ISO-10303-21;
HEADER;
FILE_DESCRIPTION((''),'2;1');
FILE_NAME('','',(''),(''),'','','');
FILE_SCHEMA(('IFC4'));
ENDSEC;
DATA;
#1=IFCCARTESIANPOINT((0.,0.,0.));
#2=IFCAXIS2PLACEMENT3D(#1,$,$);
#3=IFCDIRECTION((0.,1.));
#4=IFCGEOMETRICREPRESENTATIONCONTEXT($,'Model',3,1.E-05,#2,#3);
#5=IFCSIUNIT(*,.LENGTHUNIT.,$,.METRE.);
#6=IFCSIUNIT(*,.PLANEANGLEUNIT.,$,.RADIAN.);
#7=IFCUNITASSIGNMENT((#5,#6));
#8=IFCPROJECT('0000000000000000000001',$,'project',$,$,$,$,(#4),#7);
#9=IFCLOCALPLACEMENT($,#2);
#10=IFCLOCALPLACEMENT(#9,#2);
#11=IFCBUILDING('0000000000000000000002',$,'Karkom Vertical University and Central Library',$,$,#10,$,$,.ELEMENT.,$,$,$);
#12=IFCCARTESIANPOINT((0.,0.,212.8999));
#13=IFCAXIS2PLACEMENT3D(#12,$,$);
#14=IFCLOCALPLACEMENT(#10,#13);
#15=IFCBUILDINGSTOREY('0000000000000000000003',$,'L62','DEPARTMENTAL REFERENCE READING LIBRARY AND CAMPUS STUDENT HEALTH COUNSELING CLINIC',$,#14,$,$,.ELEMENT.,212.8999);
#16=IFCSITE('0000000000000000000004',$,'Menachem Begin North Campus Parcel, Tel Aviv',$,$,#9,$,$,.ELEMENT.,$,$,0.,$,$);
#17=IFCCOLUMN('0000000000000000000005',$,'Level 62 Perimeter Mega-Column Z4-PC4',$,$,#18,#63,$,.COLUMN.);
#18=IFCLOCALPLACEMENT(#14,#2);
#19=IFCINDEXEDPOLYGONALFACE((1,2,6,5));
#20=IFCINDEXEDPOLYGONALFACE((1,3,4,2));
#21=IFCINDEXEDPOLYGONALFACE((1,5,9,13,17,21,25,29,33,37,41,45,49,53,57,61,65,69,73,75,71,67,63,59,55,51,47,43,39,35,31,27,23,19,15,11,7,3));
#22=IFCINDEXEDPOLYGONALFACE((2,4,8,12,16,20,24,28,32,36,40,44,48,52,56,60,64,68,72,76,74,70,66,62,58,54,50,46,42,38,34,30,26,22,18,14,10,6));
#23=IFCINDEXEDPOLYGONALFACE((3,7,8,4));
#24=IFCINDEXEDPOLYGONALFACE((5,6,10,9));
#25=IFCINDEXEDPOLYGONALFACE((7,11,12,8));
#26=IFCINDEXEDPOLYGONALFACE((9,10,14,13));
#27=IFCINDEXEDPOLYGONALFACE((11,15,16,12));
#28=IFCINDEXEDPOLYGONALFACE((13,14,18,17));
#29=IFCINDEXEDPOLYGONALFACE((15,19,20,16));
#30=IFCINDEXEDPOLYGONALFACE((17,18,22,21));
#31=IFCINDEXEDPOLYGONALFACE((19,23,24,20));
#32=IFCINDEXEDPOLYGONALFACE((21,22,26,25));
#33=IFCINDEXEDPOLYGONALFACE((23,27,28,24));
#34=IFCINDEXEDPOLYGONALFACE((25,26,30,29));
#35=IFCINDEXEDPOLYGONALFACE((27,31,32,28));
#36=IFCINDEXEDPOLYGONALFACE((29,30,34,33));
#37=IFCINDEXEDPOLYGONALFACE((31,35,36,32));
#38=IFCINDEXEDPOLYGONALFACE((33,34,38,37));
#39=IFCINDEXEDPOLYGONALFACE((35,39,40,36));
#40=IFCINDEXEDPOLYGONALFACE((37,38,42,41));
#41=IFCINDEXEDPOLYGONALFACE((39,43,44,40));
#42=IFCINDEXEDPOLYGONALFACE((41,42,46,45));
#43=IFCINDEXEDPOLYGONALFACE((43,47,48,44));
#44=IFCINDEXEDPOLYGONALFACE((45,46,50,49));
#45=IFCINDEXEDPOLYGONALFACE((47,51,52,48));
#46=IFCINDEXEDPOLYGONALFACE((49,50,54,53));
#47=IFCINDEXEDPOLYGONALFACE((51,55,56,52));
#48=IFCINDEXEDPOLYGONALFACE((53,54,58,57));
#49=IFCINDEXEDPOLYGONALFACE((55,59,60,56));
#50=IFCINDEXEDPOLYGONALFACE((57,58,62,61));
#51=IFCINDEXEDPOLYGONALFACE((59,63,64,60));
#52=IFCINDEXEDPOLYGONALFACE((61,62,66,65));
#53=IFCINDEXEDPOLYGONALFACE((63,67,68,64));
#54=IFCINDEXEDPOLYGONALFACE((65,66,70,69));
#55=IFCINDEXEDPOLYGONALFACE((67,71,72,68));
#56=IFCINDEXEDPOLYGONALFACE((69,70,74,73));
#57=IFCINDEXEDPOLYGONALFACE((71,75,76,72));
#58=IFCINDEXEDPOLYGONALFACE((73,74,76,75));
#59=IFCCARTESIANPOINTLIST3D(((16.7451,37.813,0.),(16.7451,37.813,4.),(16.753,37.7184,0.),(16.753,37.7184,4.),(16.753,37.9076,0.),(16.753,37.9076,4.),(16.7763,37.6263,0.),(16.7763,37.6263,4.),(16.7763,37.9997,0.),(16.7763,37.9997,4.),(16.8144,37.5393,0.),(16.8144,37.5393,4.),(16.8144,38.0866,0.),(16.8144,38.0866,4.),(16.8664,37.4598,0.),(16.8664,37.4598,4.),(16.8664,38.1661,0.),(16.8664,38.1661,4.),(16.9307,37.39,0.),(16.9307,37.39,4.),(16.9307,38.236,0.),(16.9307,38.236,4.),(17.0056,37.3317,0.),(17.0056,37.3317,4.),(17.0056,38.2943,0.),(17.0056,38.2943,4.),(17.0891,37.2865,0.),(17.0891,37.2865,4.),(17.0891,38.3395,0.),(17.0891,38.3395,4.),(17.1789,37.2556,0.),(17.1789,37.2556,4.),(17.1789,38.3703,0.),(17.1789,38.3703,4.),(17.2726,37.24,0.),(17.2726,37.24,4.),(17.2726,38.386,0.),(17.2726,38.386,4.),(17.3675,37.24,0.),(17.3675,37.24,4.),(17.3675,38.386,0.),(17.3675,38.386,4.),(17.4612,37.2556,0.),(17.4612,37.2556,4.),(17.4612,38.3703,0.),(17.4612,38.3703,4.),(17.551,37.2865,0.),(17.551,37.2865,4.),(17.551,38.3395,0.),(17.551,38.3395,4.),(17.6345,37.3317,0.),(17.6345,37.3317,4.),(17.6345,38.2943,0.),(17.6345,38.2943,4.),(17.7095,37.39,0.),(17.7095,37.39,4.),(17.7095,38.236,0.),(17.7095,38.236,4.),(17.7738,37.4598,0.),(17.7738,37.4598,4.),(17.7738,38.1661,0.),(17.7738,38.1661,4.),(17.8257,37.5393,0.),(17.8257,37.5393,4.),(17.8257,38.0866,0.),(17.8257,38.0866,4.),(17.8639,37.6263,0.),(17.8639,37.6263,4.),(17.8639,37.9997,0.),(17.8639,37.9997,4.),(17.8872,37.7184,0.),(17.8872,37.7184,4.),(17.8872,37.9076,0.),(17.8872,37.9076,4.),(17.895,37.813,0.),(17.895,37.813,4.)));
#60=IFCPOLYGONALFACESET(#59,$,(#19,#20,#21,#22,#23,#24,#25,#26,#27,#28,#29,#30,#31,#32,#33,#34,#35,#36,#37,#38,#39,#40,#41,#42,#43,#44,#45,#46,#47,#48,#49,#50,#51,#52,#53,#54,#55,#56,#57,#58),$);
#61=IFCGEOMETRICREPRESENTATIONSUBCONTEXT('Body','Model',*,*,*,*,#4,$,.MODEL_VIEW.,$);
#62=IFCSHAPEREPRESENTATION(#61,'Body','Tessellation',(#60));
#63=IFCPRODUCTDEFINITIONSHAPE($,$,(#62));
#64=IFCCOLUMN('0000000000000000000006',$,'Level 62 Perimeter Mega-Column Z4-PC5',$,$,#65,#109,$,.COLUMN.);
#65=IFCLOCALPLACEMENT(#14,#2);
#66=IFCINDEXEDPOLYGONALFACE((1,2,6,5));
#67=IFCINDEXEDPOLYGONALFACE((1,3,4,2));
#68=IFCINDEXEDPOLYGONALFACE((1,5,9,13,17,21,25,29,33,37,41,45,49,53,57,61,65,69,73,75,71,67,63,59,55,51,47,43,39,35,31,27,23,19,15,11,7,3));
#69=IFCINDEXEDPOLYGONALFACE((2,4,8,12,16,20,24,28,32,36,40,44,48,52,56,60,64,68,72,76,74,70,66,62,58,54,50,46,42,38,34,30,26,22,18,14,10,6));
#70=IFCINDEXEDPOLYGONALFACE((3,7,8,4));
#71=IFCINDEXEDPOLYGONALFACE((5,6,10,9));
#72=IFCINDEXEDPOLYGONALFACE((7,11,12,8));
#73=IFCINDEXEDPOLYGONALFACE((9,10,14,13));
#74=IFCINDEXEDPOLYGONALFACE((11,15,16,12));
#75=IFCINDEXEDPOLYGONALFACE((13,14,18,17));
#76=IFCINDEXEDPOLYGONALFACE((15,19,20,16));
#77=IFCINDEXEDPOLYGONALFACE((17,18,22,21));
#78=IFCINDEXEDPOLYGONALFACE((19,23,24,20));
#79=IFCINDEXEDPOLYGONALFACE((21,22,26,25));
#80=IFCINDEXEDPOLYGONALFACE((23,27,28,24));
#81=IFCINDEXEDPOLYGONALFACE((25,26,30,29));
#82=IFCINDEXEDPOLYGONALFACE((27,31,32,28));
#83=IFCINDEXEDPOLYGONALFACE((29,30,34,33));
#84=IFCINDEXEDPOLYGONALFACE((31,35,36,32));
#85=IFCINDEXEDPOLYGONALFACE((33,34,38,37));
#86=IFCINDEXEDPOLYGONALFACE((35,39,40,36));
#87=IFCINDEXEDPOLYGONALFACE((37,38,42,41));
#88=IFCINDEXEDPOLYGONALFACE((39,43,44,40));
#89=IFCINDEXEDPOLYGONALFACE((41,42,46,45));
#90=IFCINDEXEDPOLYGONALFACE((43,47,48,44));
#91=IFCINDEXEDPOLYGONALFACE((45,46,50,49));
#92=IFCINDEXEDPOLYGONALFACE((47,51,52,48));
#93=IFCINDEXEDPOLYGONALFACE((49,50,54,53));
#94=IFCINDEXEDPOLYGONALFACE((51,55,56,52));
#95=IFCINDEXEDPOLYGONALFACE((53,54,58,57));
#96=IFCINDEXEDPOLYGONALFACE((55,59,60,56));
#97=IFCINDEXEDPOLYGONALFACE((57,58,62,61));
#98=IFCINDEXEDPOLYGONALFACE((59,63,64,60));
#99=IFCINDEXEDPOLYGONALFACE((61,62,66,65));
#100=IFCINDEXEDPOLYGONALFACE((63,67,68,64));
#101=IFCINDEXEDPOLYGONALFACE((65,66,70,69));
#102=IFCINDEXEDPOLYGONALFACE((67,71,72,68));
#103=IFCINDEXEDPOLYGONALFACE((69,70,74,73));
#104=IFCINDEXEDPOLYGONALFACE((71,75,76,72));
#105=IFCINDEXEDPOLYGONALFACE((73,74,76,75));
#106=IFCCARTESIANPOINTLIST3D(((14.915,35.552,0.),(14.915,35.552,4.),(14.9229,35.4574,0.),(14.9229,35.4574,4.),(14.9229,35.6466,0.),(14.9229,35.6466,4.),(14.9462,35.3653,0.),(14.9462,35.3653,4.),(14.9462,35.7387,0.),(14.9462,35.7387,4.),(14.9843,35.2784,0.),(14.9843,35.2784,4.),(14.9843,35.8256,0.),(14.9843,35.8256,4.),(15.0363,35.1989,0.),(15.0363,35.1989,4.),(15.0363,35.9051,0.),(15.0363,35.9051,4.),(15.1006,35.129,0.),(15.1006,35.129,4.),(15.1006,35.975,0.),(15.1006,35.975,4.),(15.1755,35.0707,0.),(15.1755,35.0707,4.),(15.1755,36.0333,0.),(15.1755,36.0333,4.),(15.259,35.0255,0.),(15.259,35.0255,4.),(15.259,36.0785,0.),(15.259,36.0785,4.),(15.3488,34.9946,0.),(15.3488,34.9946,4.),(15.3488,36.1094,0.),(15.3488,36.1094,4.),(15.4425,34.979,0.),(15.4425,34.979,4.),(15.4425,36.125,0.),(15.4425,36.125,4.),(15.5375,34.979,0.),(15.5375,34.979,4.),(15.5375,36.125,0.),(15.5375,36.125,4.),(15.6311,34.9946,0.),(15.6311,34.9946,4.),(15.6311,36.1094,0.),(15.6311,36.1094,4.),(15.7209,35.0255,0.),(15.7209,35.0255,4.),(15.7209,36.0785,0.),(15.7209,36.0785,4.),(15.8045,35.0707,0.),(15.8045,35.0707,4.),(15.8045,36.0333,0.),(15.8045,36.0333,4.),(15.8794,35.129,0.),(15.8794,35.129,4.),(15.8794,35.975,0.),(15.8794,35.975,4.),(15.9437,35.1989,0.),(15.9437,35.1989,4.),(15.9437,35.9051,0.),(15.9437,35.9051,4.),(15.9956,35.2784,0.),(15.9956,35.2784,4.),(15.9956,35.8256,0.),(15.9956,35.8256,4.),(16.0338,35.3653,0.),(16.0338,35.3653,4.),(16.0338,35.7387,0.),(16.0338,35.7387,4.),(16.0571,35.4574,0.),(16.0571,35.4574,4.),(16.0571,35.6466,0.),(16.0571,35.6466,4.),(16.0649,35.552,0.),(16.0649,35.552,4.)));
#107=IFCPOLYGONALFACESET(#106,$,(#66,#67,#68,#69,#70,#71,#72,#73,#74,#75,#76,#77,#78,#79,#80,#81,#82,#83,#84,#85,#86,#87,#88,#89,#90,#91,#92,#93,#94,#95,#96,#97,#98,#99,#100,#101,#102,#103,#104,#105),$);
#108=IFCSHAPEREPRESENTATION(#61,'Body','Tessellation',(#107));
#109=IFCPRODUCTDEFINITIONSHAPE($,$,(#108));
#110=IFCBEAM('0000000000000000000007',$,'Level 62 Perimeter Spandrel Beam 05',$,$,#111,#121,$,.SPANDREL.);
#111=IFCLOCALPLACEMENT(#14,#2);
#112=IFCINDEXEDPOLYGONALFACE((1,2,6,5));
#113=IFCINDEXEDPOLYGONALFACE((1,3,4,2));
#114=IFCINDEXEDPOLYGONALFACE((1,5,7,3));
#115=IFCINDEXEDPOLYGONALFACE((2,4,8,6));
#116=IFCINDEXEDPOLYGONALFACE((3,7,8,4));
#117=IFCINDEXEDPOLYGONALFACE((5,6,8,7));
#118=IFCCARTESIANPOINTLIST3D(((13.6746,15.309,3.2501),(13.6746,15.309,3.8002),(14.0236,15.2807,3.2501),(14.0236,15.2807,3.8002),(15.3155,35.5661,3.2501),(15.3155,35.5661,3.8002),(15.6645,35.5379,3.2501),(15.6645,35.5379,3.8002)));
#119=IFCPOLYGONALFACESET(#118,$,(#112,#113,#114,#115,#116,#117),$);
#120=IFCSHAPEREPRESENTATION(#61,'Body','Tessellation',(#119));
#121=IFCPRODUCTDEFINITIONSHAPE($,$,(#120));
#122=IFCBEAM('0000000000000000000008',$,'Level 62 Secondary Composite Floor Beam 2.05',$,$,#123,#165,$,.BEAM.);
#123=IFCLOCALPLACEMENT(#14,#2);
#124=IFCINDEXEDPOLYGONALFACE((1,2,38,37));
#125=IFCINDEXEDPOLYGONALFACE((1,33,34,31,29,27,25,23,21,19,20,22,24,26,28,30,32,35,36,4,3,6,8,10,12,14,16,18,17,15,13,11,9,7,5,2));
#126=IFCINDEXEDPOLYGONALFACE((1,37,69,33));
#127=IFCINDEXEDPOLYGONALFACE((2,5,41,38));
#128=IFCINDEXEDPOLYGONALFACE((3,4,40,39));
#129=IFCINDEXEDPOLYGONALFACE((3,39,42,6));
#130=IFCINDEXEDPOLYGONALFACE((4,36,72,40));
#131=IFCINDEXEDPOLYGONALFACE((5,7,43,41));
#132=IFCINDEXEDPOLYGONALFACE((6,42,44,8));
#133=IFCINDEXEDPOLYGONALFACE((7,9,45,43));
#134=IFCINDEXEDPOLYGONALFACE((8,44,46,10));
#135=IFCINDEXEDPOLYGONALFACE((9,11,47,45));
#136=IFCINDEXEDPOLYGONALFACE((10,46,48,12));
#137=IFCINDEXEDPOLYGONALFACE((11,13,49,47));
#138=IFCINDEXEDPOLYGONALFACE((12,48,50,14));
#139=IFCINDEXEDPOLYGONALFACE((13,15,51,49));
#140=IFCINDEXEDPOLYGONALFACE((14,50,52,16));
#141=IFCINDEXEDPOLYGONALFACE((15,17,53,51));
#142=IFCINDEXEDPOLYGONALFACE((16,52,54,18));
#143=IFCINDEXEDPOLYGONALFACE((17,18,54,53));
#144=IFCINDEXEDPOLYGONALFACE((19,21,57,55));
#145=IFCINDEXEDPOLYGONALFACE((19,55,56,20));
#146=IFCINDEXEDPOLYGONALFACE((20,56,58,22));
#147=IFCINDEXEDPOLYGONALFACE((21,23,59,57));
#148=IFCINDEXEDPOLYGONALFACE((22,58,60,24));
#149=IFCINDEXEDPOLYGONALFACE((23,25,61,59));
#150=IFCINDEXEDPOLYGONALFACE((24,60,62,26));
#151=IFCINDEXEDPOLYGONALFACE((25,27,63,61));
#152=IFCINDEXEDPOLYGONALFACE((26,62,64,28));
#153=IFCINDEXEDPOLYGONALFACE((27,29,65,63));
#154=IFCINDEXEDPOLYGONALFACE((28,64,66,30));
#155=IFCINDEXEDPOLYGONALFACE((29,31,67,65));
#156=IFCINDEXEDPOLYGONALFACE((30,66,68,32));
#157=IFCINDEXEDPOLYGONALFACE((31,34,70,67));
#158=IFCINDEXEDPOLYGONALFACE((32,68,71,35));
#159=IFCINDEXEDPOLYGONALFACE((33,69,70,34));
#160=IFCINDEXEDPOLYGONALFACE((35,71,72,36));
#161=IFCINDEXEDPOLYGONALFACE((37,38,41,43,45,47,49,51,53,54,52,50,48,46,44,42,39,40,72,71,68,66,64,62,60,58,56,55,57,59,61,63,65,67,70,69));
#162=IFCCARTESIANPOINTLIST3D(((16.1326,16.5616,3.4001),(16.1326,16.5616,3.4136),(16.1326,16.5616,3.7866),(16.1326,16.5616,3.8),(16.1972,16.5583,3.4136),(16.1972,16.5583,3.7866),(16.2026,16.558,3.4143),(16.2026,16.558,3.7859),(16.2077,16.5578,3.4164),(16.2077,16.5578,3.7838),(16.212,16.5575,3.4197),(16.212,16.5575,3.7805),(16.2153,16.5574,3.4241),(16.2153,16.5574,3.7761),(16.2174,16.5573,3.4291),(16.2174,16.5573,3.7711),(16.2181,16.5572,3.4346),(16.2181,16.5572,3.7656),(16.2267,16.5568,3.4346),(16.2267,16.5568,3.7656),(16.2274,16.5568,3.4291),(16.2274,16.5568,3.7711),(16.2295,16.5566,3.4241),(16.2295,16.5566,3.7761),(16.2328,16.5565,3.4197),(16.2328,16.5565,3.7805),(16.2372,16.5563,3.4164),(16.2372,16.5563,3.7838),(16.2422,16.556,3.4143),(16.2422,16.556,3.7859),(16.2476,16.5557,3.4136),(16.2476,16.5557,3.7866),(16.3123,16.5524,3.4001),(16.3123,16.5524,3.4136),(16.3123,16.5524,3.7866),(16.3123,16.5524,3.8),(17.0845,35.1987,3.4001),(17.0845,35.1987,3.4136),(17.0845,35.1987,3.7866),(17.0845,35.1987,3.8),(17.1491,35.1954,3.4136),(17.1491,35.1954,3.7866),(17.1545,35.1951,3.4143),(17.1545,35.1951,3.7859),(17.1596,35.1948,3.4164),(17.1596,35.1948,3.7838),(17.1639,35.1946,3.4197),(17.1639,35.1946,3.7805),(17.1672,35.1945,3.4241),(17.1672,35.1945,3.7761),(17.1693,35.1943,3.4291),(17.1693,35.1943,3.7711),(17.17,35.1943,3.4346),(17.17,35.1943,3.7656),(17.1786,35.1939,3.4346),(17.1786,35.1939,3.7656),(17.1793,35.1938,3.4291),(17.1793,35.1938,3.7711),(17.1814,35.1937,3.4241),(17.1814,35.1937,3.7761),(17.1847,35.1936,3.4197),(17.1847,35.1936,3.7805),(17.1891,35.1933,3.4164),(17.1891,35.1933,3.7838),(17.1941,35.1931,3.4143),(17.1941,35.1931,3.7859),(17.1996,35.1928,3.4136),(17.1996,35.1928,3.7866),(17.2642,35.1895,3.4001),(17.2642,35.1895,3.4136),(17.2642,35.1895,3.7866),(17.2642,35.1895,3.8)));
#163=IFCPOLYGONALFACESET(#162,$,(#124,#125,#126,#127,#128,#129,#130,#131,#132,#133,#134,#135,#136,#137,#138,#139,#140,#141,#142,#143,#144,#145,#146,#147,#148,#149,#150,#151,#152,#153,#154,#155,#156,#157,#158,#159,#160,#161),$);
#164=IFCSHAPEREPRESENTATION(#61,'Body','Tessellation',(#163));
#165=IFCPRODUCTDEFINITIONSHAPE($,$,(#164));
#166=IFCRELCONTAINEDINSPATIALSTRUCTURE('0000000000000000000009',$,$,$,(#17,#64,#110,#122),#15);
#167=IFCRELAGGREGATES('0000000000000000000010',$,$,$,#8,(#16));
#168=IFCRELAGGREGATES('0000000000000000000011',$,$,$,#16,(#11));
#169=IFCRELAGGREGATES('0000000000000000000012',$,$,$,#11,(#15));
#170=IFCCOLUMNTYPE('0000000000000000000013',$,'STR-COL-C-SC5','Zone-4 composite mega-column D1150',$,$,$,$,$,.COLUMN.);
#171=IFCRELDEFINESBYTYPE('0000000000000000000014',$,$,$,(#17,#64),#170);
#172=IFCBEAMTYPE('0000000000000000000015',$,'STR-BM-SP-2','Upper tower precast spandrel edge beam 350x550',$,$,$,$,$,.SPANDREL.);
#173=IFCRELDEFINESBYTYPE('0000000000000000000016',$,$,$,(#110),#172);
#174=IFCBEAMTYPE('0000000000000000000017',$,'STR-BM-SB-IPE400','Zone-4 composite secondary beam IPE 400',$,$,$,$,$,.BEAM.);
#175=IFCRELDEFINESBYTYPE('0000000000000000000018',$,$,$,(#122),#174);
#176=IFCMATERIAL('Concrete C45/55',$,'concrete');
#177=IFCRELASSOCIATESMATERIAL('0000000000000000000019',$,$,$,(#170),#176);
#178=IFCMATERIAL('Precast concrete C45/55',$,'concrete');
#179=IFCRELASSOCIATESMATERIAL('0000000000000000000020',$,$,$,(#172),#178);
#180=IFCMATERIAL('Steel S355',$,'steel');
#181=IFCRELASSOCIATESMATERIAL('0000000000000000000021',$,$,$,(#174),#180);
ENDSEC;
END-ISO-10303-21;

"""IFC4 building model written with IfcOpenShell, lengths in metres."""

from ifc_helpers import new_model, si_unit, direction, frame, origin, origin_with_axes, origin_2d, place, context, subcontext, project, spatial, rectangle, circle, i_section, extrude, source, transform, mapped, material, material_profile, profile_set, type_object, element, save


model = new_model("IFC4")

# Units and contexts
model_context = context("Model", 3, precision=1e-05, world=origin(), true_north=direction((0.0, 1.0)))
body_context = subcontext(model_context, "Body", "Model", "MODEL_VIEW")
ifc_project = project(units=[si_unit("LENGTHUNIT", "METRE"), si_unit("PLANEANGLEUNIT", "RADIAN")], contexts=[model_context])

# Site, building, storey
site_placement = place(None, origin())
site = spatial("IfcSite", under=ifc_project, at=site_placement, Name="Menachem Begin North Campus Parcel, Tel Aviv", CompositionType="ELEMENT", RefElevation=0.0)
building_placement = place(site_placement, origin())
building = spatial("IfcBuilding", under=site, at=building_placement, Name="Karkom Vertical University and Central Library", CompositionType="ELEMENT")
storey_placement = place(building_placement, frame((0.0, 0.0, 212.8999)))
storey = spatial("IfcBuildingStorey", under=building, at=storey_placement, Name="L62", Description="DEPARTMENTAL REFERENCE READING LIBRARY AND CAMPUS STUDENT HEALTH COUNSELING CLINIC", CompositionType="ELEMENT", Elevation=212.8999)

# Columns
ifc_material_1 = material(Name="Concrete C45/55", Category="concrete")
ifc_material_profile_1 = material_profile(ifc_material_1, circle(Radius=0.575, at=origin_2d()), Name="CFT-D1150")
ifc_profile_set_1 = profile_set([ifc_material_profile_1], Name="Concrete C45/55")
column_type = type_object("IfcColumnType", Name="STR-COL-C-SC5", Description="Zone-4 composite mega-column D1150", PredefinedType="COLUMN", material=ifc_profile_set_1)
shared_shape_1 = source(origin_with_axes(), body_context, "Body", "SweptSolid", [
    extrude(circle(Radius=0.575, at=origin_2d()), origin(), (0.0, 0.0, 1.0), 4.0),
])
for number, where, z_axis, x_axis, name in (
    (1, (17.3201, 37.813, 0.0), (0.0, 0.0, 1.0), (1.0, 0.0, 0.0), "Level 62 Perimeter Mega-Column Z4-PC4"),
    (2, (15.49, 35.552, 0.0), (0.0, 0.0, 1.0), (1.0, 0.0, 0.0), "Level 62 Perimeter Mega-Column Z4-PC5"),
):
    element("IfcColumn", number, at=place(storey_placement, frame(where, z_axis=z_axis, x_axis=x_axis)), inside=storey, type_object=column_type, Name=name, PredefinedType="COLUMN", context=body_context, shape_type="MappedRepresentation", body=[
        mapped(shared_shape_1, transform((0.0, 0.0, 0.0), scale=1.0)),
    ])

# Beams
ifc_material_2 = material(Name="Precast concrete C45/55", Category="concrete")
ifc_material_profile_2 = material_profile(ifc_material_2, rectangle(XDim=0.3501, YDim=0.55, at=origin_2d()), Name="SPB-350x550")
ifc_profile_set_2 = profile_set([ifc_material_profile_2], Name="Precast concrete C45/55")
beam_type_1 = type_object("IfcBeamType", Name="STR-BM-SP-2", Description="Upper tower precast spandrel edge beam 350x550", PredefinedType="SPANDREL", material=ifc_profile_set_2)
shared_shape_2 = source(origin_with_axes(), body_context, "Body", "SweptSolid", [
    extrude(rectangle(XDim=0.3501, YDim=0.55, at=origin_2d()), origin(), (0.0, 0.0, 1.0), 20.3235),
])
beam_1_placement = place(storey_placement, frame((15.49, 35.552, 3.5251), z_axis=(-0.080738, -0.996735, 0.0), x_axis=(0.996735, -0.080738, 0.0)))
element("IfcBeam", 3, at=beam_1_placement, inside=storey, type_object=beam_type_1, Name="Level 62 Perimeter Spandrel Beam 05", PredefinedType="SPANDREL", context=body_context, shape_type="MappedRepresentation", body=[
    mapped(shared_shape_2, transform((0.0, 0.0, 0.0), scale=1.0)),
])
ifc_material_3 = material(Name="Steel S355", Category="steel")
ifc_material_profile_3 = material_profile(ifc_material_3, i_section(OverallWidth=0.1799, OverallDepth=0.3999, WebThickness=0.0085, FlangeThickness=0.0134, FilletRadius=0.021, at=origin_2d()), Name="IPE 400")
ifc_profile_set_3 = profile_set([ifc_material_profile_3], Name="Steel S355")
beam_type_2 = type_object("IfcBeamType", Name="STR-BM-SB-IPE400", Description="Zone-4 composite secondary beam IPE 400", PredefinedType="BEAM", material=ifc_profile_set_3)
shared_shape_3 = source(origin_with_axes(), body_context, "Body", "SweptSolid", [
    extrude(i_section(OverallWidth=0.1799, OverallDepth=0.3999, WebThickness=0.0085, FlangeThickness=0.0134, FilletRadius=0.021, at=origin_2d()), origin(), (0.0, 0.0, 1.0), 18.6614),
])
beam_2_placement = place(storey_placement, frame((17.1743, 35.1941, 3.6001), z_axis=(-0.05101, -0.998698, 0.0), x_axis=(0.998698, -0.05101, 0.0)))
element("IfcBeam", 4, at=beam_2_placement, inside=storey, type_object=beam_type_2, Name="Level 62 Secondary Composite Floor Beam 2.05", PredefinedType="BEAM", context=body_context, shape_type="MappedRepresentation", body=[
    mapped(shared_shape_3, transform((0.0, 0.0, 0.0), scale=1.0)),
])

save(model, "model.ifc")
